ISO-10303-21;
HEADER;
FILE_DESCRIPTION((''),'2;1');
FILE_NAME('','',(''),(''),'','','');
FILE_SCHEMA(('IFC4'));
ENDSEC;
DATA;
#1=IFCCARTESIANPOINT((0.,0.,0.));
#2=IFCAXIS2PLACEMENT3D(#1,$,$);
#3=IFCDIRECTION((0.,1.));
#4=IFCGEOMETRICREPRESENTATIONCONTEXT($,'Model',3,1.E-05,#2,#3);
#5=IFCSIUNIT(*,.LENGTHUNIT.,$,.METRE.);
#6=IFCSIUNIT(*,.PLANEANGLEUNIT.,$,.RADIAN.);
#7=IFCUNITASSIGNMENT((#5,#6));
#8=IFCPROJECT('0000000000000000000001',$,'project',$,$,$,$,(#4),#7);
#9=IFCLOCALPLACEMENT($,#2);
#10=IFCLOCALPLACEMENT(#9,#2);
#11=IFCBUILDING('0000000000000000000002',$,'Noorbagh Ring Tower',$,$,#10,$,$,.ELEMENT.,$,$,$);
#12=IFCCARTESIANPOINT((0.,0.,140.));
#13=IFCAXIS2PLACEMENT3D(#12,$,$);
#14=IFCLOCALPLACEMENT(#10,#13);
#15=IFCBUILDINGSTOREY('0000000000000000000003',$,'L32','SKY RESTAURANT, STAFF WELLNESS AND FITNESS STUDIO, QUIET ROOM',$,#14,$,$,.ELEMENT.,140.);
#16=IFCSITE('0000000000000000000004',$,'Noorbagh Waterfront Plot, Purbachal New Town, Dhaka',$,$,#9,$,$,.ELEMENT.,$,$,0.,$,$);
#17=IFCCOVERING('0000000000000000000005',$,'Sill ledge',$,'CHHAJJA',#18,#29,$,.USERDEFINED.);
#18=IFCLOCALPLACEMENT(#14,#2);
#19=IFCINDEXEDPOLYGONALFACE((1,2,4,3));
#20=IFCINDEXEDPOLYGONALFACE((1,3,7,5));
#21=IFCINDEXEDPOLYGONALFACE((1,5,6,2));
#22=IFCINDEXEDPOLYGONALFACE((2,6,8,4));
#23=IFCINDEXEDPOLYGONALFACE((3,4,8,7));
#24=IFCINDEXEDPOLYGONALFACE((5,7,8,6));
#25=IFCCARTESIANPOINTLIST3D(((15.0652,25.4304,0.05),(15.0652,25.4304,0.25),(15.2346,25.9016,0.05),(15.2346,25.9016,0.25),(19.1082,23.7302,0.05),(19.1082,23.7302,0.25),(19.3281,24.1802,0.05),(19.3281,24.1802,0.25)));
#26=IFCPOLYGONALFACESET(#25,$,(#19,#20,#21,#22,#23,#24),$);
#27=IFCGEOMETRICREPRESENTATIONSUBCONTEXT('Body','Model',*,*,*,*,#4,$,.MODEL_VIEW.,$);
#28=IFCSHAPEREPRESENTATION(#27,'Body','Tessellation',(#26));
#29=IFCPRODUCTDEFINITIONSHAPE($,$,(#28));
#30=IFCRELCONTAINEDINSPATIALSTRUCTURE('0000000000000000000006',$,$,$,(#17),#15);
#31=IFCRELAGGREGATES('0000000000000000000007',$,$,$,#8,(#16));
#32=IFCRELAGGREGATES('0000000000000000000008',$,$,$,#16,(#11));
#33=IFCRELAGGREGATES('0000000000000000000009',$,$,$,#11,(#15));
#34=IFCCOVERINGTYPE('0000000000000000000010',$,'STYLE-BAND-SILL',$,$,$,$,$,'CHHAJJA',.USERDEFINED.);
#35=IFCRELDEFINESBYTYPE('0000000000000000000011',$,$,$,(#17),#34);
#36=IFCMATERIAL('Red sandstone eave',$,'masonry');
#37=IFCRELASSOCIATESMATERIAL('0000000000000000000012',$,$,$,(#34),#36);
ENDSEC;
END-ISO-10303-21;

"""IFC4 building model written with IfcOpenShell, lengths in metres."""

from ifc_helpers import new_model, si_unit, direction, frame, origin, place, context, subcontext, project, spatial, polyline, outline, extrude, material, type_object, element, save


model = new_model("IFC4")

# Units and contexts
model_context = context("Model", 3, precision=1e-05, world=origin(), true_north=direction((0.0, 1.0)))
body_context = subcontext(model_context, "Body", "Model", "MODEL_VIEW")
ifc_project = project(units=[si_unit("LENGTHUNIT", "METRE"), si_unit("PLANEANGLEUNIT", "RADIAN")], contexts=[model_context])

# Site, building, storey
site_placement = place(None, origin())
site = spatial("IfcSite", under=ifc_project, at=site_placement, Name="Noorbagh Waterfront Plot, Purbachal New Town, Dhaka", CompositionType="ELEMENT", RefElevation=0.0)
building_placement = place(site_placement, origin())
building = spatial("IfcBuilding", under=site, at=building_placement, Name="Noorbagh Ring Tower", CompositionType="ELEMENT")
storey_placement = place(building_placement, frame((0.0, 0.0, 140.0)))
storey = spatial("IfcBuildingStorey", under=building, at=storey_placement, Name="L32", Description="SKY RESTAURANT, STAFF WELLNESS AND FITNESS STUDIO, QUIET ROOM", CompositionType="ELEMENT", Elevation=140.0)

# Covering
ifc_material_1 = material(Name="Red sandstone eave", Category="masonry")
covering_type_1 = type_object("IfcCoveringType", Name="STYLE-BAND-SILL", ElementType="CHHAJJA", PredefinedType="USERDEFINED", material=ifc_material_1)
covering_1_placement = place(storey_placement, frame((0.0, 0.0, 0.05)))
element("IfcCovering", 1, at=covering_1_placement, inside=storey, type_object=covering_type_1, Name="Sill ledge", ObjectType="CHHAJJA", PredefinedType="USERDEFINED", context=body_context, shape_type="SweptSolid", body=[
    extrude(outline(polyline([(19.1082, 23.7302), (15.0652, 25.4304), (15.2346, 25.9016), (19.3281, 24.1802), (19.1082, 23.7302)])), origin(), (0.0, 0.0, 1.0), 0.2),
])

save(model, "model.ifc")
